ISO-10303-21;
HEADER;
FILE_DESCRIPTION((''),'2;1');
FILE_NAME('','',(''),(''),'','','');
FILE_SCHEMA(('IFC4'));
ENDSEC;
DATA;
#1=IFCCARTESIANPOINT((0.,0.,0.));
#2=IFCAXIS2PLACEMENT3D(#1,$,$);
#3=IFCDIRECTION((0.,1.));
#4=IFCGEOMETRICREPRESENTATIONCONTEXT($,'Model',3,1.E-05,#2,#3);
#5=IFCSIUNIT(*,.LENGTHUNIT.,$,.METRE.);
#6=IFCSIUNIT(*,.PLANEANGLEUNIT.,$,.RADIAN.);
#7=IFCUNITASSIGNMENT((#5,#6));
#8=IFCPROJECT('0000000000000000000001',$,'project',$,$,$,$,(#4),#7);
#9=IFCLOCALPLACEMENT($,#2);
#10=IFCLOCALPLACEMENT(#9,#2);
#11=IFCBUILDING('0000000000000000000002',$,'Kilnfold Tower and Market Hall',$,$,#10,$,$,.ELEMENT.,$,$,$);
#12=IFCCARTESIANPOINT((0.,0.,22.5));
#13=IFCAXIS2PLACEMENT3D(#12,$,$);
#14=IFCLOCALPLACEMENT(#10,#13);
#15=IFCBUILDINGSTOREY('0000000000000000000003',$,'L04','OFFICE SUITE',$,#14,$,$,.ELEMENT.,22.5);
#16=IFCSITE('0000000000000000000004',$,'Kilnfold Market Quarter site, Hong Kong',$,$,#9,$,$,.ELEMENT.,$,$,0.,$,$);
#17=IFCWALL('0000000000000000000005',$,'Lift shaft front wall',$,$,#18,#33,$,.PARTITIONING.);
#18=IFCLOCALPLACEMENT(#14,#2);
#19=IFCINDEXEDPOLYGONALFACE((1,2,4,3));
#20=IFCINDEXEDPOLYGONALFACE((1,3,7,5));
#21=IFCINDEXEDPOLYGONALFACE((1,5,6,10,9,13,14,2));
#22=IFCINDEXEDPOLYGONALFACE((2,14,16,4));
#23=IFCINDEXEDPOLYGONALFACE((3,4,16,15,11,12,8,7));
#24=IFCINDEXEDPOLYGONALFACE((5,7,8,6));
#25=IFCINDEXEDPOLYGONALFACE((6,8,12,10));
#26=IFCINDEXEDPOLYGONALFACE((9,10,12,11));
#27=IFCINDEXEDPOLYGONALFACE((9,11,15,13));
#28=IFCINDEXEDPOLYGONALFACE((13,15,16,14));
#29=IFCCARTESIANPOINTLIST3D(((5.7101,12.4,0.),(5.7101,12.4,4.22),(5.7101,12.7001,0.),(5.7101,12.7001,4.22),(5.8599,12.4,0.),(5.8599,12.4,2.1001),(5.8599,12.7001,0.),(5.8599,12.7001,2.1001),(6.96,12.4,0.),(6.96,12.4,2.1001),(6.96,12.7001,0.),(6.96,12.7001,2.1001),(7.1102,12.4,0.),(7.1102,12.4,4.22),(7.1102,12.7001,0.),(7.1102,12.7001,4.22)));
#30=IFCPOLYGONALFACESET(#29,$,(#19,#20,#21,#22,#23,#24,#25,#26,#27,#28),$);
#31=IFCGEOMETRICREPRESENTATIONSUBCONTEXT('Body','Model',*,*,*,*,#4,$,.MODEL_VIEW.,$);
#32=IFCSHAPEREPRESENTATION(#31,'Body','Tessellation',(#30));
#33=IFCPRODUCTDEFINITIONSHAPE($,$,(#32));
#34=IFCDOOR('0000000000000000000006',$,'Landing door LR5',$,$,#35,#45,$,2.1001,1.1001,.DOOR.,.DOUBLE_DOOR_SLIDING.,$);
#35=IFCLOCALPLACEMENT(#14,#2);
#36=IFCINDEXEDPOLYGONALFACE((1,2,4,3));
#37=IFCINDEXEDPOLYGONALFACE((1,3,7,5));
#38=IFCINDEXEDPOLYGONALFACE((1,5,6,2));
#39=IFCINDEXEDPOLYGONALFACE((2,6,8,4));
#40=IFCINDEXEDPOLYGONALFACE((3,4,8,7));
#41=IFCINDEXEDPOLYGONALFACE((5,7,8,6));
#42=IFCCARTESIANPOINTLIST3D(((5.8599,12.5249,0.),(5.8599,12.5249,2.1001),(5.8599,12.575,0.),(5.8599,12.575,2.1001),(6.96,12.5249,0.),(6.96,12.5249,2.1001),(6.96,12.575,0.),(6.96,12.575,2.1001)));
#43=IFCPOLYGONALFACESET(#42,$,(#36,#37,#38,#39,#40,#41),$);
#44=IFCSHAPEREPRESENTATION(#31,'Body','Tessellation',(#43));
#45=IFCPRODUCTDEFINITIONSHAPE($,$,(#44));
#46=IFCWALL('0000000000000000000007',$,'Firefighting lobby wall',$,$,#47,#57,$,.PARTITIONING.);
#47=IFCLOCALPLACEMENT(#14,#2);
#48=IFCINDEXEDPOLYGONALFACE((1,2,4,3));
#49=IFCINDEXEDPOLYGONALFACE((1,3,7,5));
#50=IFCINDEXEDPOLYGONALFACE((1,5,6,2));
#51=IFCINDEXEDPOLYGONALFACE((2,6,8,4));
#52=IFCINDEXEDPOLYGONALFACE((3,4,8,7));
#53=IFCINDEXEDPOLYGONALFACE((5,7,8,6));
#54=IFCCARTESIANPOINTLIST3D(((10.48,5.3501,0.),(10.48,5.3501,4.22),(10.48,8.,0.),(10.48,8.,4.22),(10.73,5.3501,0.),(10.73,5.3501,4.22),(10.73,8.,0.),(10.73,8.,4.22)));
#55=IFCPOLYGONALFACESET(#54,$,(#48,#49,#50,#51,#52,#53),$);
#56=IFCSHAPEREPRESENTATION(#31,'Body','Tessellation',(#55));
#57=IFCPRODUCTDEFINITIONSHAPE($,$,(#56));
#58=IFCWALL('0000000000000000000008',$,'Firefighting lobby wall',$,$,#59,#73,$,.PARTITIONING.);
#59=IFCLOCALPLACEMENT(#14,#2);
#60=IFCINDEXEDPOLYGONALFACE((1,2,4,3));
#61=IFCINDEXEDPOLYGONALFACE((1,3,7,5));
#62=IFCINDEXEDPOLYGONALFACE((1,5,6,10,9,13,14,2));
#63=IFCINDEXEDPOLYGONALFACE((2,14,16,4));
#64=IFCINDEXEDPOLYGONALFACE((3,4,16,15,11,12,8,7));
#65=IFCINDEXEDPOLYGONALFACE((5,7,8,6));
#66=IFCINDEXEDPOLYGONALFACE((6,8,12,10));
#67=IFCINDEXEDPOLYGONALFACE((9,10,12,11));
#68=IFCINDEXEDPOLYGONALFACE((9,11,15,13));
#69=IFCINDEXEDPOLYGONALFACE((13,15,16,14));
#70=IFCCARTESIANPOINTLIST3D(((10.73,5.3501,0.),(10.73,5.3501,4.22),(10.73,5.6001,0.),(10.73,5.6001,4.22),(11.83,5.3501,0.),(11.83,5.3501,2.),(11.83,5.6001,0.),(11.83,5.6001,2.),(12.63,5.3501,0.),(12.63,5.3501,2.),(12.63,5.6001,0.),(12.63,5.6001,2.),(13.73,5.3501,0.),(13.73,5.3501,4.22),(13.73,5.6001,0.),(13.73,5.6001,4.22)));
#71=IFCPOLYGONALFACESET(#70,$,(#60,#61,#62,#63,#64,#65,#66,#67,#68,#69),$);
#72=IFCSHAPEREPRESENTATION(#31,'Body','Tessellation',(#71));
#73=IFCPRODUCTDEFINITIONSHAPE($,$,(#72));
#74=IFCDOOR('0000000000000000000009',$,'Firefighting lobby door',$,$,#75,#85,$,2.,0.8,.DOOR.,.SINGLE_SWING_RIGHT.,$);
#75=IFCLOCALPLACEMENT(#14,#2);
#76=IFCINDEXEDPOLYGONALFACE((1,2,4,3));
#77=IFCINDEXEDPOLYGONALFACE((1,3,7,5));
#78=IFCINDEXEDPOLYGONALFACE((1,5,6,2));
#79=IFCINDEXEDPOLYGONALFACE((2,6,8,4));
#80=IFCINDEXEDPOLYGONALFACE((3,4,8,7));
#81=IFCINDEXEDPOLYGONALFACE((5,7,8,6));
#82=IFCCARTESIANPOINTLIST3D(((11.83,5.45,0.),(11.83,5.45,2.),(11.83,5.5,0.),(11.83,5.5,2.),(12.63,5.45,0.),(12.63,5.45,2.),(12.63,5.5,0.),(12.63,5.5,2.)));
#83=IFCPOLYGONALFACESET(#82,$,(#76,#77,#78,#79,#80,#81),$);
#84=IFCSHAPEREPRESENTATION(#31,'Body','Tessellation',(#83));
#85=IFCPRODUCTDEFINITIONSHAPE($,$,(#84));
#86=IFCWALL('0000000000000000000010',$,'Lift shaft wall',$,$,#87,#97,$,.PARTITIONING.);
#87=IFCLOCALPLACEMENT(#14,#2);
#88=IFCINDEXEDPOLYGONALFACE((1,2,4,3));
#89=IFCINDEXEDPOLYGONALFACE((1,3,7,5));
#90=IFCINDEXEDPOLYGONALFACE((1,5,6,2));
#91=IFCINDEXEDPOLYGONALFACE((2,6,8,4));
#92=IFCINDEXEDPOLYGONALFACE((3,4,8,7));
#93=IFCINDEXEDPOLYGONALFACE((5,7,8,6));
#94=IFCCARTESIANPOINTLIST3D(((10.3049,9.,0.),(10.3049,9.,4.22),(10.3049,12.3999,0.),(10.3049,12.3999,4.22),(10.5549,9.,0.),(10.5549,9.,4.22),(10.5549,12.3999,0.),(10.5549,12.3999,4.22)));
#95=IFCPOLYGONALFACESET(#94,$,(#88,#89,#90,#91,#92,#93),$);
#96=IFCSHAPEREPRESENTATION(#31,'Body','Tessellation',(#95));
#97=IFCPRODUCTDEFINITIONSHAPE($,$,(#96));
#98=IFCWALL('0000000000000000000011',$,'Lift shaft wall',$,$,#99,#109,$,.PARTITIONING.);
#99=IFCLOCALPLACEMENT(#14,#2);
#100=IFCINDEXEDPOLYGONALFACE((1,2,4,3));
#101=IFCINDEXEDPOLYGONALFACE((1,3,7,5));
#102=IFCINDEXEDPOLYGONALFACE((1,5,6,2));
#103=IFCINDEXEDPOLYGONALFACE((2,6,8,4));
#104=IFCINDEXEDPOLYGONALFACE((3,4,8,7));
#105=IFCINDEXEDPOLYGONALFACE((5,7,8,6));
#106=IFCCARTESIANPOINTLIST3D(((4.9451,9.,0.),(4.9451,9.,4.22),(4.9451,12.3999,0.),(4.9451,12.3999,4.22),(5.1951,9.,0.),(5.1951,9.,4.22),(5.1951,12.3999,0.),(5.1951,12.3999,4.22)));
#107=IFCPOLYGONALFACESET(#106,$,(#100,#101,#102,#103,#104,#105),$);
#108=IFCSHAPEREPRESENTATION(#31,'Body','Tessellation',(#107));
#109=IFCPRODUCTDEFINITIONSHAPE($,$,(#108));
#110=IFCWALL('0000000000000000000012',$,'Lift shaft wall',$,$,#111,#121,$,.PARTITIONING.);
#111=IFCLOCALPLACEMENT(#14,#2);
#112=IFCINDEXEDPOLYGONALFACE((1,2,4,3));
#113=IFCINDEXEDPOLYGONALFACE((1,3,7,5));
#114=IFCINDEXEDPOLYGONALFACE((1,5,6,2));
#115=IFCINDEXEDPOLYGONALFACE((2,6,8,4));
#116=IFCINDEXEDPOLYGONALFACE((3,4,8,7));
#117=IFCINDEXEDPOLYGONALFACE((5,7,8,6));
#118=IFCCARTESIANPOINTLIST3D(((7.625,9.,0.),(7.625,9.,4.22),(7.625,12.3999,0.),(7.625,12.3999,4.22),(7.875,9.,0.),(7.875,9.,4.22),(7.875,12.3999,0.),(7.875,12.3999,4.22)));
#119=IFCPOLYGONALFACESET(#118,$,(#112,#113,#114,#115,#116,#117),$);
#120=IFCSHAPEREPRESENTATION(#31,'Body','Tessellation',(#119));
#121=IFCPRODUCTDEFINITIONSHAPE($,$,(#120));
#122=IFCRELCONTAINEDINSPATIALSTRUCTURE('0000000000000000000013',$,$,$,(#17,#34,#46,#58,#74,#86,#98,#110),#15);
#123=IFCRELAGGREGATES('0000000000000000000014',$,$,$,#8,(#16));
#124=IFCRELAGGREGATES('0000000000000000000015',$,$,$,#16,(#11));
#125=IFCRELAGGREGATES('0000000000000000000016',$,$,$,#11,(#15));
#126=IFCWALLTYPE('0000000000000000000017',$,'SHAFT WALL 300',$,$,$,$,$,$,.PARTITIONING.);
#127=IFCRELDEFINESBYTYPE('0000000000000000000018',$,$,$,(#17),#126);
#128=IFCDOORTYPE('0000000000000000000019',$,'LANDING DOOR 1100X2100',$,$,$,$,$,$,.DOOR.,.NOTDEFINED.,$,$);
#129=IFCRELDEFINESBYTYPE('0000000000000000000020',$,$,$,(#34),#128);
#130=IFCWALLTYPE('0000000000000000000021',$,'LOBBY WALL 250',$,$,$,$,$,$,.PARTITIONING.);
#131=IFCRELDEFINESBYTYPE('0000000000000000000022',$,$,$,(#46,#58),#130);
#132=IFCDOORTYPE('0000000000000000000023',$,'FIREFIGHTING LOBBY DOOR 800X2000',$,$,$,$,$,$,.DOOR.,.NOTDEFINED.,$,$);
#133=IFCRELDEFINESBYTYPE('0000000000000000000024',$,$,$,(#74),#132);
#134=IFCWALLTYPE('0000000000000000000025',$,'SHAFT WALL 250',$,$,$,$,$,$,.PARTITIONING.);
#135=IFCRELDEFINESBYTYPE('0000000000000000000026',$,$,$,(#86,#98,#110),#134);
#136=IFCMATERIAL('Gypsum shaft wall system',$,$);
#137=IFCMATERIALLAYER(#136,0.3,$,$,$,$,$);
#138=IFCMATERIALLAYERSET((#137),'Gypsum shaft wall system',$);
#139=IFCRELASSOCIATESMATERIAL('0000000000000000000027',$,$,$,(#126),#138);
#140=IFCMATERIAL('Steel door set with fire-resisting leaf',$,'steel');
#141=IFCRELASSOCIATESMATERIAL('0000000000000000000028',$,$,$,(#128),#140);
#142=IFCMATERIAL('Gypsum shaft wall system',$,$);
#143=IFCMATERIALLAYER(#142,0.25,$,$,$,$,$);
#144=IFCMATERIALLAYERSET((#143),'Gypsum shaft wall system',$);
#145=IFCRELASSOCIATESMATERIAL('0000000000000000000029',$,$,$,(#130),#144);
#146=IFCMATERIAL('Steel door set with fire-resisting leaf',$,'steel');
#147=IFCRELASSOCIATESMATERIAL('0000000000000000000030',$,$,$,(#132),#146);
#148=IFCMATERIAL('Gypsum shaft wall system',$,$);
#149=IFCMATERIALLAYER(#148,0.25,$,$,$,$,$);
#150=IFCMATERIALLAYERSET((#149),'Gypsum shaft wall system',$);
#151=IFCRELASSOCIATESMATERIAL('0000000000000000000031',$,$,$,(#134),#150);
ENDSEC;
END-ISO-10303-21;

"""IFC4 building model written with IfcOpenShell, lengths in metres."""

from ifc_helpers import new_model, si_unit, direction, frame, frame_2d, origin, place, context, subcontext, project, spatial, rectangle, extrude, source, transform, mapped, material, layer, layer_set, type_object, element, fill, save


model = new_model("IFC4")

# Units and contexts
model_context = context("Model", 3, precision=1e-05, world=origin(), true_north=direction((0.0, 1.0)))
body_context = subcontext(model_context, "Body", "Model", "MODEL_VIEW")
ifc_project = project(units=[si_unit("LENGTHUNIT", "METRE"), si_unit("PLANEANGLEUNIT", "RADIAN")], contexts=[model_context])

# Site, building, storey
site_placement = place(None, origin())
site = spatial("IfcSite", under=ifc_project, at=site_placement, Name="Kilnfold Market Quarter site, Hong Kong", CompositionType="ELEMENT", RefElevation=0.0)
building_placement = place(site_placement, origin())
building = spatial("IfcBuilding", under=site, at=building_placement, Name="Kilnfold Tower and Market Hall", CompositionType="ELEMENT")
storey_placement = place(building_placement, frame((0.0, 0.0, 22.5)))
storey = spatial("IfcBuildingStorey", under=building, at=storey_placement, Name="L04", Description="OFFICE SUITE", CompositionType="ELEMENT", Elevation=22.5)

# Wall, opening, door
ifc_material_1 = material(Name="Gypsum shaft wall system")
ifc_layer_1 = layer(ifc_material_1, 0.3)
ifc_layer_set_1 = layer_set([ifc_layer_1], Name="Gypsum shaft wall system")
wall_type_1 = type_object("IfcWallType", Name="SHAFT WALL 300", PredefinedType="PARTITIONING", material=ifc_layer_set_1)
shared_shape_1 = source(origin(), body_context, "Body", "SweptSolid", [
    extrude(rectangle(XDim=1.4001, YDim=0.3, at=frame_2d((0.7002, 0.0))), origin(), (0.0, 0.0, 1.0), 4.22),
])
wall_1_placement = place(storey_placement, frame((5.71, 12.55, 0.0), z_axis=(0.0, 0.0, 1.0), x_axis=(1.0, 0.0, 0.0)))
wall_1 = element("IfcWall", 1, at=wall_1_placement, inside=storey, type_object=wall_type_1, Name="Lift shaft front wall", PredefinedType="PARTITIONING", context=body_context, shape_type="MappedRepresentation", body=[
    mapped(shared_shape_1, transform((0.0, 0.0, 0.0))),
])
opening_1_placement = place(wall_1_placement, frame((0.1499, 0.0, 0.0)))
opening_1 = element("IfcOpeningElement", 2, at=opening_1_placement, cuts=wall_1, PredefinedType="OPENING", context=body_context, shape_type="SweptSolid", body=[
    extrude(rectangle(XDim=1.1001, YDim=2.1001, at=frame_2d((0.55, 1.05))), frame((0.0, 0.1602, 0.0), z_axis=(0.0, -1.0, 0.0), x_axis=(1.0, 0.0, 0.0)), (0.0, 0.0, 1.0), 0.3201),
])
ifc_material_2 = material(Name="Steel door set with fire-resisting leaf", Category="steel")
door_type_1 = type_object("IfcDoorType", Name="LANDING DOOR 1100X2100", OperationType="NOTDEFINED", PredefinedType="DOOR", material=ifc_material_2)
door_1_placement = place(opening_1_placement, origin())
door_1 = element("IfcDoor", 3, at=door_1_placement, inside=storey, type_object=door_type_1, Name="Landing door LR5", OperationType="DOUBLE_DOOR_SLIDING", OverallHeight=2.1001, OverallWidth=1.1001, PredefinedType="DOOR", context=body_context, shape_type="SweptSolid", body=[
    extrude(rectangle(XDim=1.1001, YDim=2.1001, at=frame_2d((0.55, 1.05))), frame((0.0, 0.0249, 0.0), z_axis=(0.0, -1.0, 0.0), x_axis=(1.0, 0.0, 0.0)), (0.0, 0.0, 1.0), 0.05),
])
fill(opening_1, door_1)

# Wall
ifc_material_3 = material(Name="Gypsum shaft wall system")
ifc_layer_2 = layer(ifc_material_3, 0.25)
ifc_layer_set_2 = layer_set([ifc_layer_2], Name="Gypsum shaft wall system")
wall_type_2 = type_object("IfcWallType", Name="LOBBY WALL 250", PredefinedType="PARTITIONING", material=ifc_layer_set_2)
shared_shape_2 = source(origin(), body_context, "Body", "SweptSolid", [
    extrude(rectangle(XDim=2.6499, YDim=0.25, at=frame_2d((1.325, 0.0))), origin(), (0.0, 0.0, 1.0), 4.22),
])
wall_2_placement = place(storey_placement, frame((10.605, 5.3501, 0.0), z_axis=(0.0, 0.0, 1.0), x_axis=(0.0, 1.0, 0.0)))
element("IfcWall", 4, at=wall_2_placement, inside=storey, type_object=wall_type_2, Name="Firefighting lobby wall", PredefinedType="PARTITIONING", context=body_context, shape_type="MappedRepresentation", body=[
    mapped(shared_shape_2, transform((0.0, 0.0, 0.0))),
])

# Wall, opening, door
shared_shape_3 = source(origin(), body_context, "Body", "SweptSolid", [
    extrude(rectangle(XDim=3.0, YDim=0.25, at=frame_2d((1.5, 0.0))), origin(), (0.0, 0.0, 1.0), 4.22),
])
wall_3_placement = place(storey_placement, frame((10.73, 5.4751, 0.0), z_axis=(0.0, 0.0, 1.0), x_axis=(1.0, 0.0, 0.0)))
wall_3 = element("IfcWall", 5, at=wall_3_placement, inside=storey, type_object=wall_type_2, Name="Firefighting lobby wall", PredefinedType="PARTITIONING", context=body_context, shape_type="MappedRepresentation", body=[
    mapped(shared_shape_3, transform((0.0, 0.0, 0.0))),
])
opening_2_placement = place(wall_3_placement, frame((1.1001, 0.0, 0.0)))
opening_2 = element("IfcOpeningElement", 6, at=opening_2_placement, cuts=wall_3, PredefinedType="OPENING", context=body_context, shape_type="SweptSolid", body=[
    extrude(rectangle(XDim=0.8, YDim=2.0, at=frame_2d((0.3999, 1.0))), frame((0.0, 0.135, 0.0), z_axis=(0.0, -1.0, 0.0), x_axis=(1.0, 0.0, 0.0)), (0.0, 0.0, 1.0), 0.27),
])
ifc_material_4 = material(Name="Steel door set with fire-resisting leaf", Category="steel")
door_type_2 = type_object("IfcDoorType", Name="FIREFIGHTING LOBBY DOOR 800X2000", OperationType="NOTDEFINED", PredefinedType="DOOR", material=ifc_material_4)
door_2_placement = place(opening_2_placement, origin())
door_2 = element("IfcDoor", 7, at=door_2_placement, inside=storey, type_object=door_type_2, Name="Firefighting lobby door", OperationType="SINGLE_SWING_RIGHT", OverallHeight=2.0, OverallWidth=0.8, PredefinedType="DOOR", context=body_context, shape_type="SweptSolid", body=[
    extrude(rectangle(XDim=0.8, YDim=2.0, at=frame_2d((0.3999, 1.0))), frame((0.0, 0.0249, 0.0), z_axis=(0.0, -1.0, 0.0), x_axis=(1.0, 0.0, 0.0)), (0.0, 0.0, 1.0), 0.05),
])
fill(opening_2, door_2)

# Walls
ifc_material_5 = material(Name="Gypsum shaft wall system")
ifc_layer_3 = layer(ifc_material_5, 0.25)
ifc_layer_set_3 = layer_set([ifc_layer_3], Name="Gypsum shaft wall system")
wall_type_3 = type_object("IfcWallType", Name="SHAFT WALL 250", PredefinedType="PARTITIONING", material=ifc_layer_set_3)
shared_shape_4 = source(origin(), body_context, "Body", "SweptSolid", [
    extrude(rectangle(XDim=3.3999, YDim=0.25, at=frame_2d((1.7, 0.0))), origin(), (0.0, 0.0, 1.0), 4.22),
])
for number, where, z_axis, x_axis, name in (
    (8, (10.4299, 9.0, 0.0), (0.0, 0.0, 1.0), (0.0, 1.0, 0.0), "Lift shaft wall"),
    (9, (5.0701, 9.0, 0.0), (0.0, 0.0, 1.0), (0.0, 1.0, 0.0), "Lift shaft wall"),
    (10, (7.75, 9.0, 0.0), (0.0, 0.0, 1.0), (0.0, 1.0, 0.0), "Lift shaft wall"),
):
    element("IfcWall", number, at=place(storey_placement, frame(where, z_axis=z_axis, x_axis=x_axis)), inside=storey, type_object=wall_type_3, Name=name, PredefinedType="PARTITIONING", context=body_context, shape_type="MappedRepresentation", body=[
        mapped(shared_shape_4, transform((0.0, 0.0, 0.0))),
    ])

save(model, "model.ifc")
